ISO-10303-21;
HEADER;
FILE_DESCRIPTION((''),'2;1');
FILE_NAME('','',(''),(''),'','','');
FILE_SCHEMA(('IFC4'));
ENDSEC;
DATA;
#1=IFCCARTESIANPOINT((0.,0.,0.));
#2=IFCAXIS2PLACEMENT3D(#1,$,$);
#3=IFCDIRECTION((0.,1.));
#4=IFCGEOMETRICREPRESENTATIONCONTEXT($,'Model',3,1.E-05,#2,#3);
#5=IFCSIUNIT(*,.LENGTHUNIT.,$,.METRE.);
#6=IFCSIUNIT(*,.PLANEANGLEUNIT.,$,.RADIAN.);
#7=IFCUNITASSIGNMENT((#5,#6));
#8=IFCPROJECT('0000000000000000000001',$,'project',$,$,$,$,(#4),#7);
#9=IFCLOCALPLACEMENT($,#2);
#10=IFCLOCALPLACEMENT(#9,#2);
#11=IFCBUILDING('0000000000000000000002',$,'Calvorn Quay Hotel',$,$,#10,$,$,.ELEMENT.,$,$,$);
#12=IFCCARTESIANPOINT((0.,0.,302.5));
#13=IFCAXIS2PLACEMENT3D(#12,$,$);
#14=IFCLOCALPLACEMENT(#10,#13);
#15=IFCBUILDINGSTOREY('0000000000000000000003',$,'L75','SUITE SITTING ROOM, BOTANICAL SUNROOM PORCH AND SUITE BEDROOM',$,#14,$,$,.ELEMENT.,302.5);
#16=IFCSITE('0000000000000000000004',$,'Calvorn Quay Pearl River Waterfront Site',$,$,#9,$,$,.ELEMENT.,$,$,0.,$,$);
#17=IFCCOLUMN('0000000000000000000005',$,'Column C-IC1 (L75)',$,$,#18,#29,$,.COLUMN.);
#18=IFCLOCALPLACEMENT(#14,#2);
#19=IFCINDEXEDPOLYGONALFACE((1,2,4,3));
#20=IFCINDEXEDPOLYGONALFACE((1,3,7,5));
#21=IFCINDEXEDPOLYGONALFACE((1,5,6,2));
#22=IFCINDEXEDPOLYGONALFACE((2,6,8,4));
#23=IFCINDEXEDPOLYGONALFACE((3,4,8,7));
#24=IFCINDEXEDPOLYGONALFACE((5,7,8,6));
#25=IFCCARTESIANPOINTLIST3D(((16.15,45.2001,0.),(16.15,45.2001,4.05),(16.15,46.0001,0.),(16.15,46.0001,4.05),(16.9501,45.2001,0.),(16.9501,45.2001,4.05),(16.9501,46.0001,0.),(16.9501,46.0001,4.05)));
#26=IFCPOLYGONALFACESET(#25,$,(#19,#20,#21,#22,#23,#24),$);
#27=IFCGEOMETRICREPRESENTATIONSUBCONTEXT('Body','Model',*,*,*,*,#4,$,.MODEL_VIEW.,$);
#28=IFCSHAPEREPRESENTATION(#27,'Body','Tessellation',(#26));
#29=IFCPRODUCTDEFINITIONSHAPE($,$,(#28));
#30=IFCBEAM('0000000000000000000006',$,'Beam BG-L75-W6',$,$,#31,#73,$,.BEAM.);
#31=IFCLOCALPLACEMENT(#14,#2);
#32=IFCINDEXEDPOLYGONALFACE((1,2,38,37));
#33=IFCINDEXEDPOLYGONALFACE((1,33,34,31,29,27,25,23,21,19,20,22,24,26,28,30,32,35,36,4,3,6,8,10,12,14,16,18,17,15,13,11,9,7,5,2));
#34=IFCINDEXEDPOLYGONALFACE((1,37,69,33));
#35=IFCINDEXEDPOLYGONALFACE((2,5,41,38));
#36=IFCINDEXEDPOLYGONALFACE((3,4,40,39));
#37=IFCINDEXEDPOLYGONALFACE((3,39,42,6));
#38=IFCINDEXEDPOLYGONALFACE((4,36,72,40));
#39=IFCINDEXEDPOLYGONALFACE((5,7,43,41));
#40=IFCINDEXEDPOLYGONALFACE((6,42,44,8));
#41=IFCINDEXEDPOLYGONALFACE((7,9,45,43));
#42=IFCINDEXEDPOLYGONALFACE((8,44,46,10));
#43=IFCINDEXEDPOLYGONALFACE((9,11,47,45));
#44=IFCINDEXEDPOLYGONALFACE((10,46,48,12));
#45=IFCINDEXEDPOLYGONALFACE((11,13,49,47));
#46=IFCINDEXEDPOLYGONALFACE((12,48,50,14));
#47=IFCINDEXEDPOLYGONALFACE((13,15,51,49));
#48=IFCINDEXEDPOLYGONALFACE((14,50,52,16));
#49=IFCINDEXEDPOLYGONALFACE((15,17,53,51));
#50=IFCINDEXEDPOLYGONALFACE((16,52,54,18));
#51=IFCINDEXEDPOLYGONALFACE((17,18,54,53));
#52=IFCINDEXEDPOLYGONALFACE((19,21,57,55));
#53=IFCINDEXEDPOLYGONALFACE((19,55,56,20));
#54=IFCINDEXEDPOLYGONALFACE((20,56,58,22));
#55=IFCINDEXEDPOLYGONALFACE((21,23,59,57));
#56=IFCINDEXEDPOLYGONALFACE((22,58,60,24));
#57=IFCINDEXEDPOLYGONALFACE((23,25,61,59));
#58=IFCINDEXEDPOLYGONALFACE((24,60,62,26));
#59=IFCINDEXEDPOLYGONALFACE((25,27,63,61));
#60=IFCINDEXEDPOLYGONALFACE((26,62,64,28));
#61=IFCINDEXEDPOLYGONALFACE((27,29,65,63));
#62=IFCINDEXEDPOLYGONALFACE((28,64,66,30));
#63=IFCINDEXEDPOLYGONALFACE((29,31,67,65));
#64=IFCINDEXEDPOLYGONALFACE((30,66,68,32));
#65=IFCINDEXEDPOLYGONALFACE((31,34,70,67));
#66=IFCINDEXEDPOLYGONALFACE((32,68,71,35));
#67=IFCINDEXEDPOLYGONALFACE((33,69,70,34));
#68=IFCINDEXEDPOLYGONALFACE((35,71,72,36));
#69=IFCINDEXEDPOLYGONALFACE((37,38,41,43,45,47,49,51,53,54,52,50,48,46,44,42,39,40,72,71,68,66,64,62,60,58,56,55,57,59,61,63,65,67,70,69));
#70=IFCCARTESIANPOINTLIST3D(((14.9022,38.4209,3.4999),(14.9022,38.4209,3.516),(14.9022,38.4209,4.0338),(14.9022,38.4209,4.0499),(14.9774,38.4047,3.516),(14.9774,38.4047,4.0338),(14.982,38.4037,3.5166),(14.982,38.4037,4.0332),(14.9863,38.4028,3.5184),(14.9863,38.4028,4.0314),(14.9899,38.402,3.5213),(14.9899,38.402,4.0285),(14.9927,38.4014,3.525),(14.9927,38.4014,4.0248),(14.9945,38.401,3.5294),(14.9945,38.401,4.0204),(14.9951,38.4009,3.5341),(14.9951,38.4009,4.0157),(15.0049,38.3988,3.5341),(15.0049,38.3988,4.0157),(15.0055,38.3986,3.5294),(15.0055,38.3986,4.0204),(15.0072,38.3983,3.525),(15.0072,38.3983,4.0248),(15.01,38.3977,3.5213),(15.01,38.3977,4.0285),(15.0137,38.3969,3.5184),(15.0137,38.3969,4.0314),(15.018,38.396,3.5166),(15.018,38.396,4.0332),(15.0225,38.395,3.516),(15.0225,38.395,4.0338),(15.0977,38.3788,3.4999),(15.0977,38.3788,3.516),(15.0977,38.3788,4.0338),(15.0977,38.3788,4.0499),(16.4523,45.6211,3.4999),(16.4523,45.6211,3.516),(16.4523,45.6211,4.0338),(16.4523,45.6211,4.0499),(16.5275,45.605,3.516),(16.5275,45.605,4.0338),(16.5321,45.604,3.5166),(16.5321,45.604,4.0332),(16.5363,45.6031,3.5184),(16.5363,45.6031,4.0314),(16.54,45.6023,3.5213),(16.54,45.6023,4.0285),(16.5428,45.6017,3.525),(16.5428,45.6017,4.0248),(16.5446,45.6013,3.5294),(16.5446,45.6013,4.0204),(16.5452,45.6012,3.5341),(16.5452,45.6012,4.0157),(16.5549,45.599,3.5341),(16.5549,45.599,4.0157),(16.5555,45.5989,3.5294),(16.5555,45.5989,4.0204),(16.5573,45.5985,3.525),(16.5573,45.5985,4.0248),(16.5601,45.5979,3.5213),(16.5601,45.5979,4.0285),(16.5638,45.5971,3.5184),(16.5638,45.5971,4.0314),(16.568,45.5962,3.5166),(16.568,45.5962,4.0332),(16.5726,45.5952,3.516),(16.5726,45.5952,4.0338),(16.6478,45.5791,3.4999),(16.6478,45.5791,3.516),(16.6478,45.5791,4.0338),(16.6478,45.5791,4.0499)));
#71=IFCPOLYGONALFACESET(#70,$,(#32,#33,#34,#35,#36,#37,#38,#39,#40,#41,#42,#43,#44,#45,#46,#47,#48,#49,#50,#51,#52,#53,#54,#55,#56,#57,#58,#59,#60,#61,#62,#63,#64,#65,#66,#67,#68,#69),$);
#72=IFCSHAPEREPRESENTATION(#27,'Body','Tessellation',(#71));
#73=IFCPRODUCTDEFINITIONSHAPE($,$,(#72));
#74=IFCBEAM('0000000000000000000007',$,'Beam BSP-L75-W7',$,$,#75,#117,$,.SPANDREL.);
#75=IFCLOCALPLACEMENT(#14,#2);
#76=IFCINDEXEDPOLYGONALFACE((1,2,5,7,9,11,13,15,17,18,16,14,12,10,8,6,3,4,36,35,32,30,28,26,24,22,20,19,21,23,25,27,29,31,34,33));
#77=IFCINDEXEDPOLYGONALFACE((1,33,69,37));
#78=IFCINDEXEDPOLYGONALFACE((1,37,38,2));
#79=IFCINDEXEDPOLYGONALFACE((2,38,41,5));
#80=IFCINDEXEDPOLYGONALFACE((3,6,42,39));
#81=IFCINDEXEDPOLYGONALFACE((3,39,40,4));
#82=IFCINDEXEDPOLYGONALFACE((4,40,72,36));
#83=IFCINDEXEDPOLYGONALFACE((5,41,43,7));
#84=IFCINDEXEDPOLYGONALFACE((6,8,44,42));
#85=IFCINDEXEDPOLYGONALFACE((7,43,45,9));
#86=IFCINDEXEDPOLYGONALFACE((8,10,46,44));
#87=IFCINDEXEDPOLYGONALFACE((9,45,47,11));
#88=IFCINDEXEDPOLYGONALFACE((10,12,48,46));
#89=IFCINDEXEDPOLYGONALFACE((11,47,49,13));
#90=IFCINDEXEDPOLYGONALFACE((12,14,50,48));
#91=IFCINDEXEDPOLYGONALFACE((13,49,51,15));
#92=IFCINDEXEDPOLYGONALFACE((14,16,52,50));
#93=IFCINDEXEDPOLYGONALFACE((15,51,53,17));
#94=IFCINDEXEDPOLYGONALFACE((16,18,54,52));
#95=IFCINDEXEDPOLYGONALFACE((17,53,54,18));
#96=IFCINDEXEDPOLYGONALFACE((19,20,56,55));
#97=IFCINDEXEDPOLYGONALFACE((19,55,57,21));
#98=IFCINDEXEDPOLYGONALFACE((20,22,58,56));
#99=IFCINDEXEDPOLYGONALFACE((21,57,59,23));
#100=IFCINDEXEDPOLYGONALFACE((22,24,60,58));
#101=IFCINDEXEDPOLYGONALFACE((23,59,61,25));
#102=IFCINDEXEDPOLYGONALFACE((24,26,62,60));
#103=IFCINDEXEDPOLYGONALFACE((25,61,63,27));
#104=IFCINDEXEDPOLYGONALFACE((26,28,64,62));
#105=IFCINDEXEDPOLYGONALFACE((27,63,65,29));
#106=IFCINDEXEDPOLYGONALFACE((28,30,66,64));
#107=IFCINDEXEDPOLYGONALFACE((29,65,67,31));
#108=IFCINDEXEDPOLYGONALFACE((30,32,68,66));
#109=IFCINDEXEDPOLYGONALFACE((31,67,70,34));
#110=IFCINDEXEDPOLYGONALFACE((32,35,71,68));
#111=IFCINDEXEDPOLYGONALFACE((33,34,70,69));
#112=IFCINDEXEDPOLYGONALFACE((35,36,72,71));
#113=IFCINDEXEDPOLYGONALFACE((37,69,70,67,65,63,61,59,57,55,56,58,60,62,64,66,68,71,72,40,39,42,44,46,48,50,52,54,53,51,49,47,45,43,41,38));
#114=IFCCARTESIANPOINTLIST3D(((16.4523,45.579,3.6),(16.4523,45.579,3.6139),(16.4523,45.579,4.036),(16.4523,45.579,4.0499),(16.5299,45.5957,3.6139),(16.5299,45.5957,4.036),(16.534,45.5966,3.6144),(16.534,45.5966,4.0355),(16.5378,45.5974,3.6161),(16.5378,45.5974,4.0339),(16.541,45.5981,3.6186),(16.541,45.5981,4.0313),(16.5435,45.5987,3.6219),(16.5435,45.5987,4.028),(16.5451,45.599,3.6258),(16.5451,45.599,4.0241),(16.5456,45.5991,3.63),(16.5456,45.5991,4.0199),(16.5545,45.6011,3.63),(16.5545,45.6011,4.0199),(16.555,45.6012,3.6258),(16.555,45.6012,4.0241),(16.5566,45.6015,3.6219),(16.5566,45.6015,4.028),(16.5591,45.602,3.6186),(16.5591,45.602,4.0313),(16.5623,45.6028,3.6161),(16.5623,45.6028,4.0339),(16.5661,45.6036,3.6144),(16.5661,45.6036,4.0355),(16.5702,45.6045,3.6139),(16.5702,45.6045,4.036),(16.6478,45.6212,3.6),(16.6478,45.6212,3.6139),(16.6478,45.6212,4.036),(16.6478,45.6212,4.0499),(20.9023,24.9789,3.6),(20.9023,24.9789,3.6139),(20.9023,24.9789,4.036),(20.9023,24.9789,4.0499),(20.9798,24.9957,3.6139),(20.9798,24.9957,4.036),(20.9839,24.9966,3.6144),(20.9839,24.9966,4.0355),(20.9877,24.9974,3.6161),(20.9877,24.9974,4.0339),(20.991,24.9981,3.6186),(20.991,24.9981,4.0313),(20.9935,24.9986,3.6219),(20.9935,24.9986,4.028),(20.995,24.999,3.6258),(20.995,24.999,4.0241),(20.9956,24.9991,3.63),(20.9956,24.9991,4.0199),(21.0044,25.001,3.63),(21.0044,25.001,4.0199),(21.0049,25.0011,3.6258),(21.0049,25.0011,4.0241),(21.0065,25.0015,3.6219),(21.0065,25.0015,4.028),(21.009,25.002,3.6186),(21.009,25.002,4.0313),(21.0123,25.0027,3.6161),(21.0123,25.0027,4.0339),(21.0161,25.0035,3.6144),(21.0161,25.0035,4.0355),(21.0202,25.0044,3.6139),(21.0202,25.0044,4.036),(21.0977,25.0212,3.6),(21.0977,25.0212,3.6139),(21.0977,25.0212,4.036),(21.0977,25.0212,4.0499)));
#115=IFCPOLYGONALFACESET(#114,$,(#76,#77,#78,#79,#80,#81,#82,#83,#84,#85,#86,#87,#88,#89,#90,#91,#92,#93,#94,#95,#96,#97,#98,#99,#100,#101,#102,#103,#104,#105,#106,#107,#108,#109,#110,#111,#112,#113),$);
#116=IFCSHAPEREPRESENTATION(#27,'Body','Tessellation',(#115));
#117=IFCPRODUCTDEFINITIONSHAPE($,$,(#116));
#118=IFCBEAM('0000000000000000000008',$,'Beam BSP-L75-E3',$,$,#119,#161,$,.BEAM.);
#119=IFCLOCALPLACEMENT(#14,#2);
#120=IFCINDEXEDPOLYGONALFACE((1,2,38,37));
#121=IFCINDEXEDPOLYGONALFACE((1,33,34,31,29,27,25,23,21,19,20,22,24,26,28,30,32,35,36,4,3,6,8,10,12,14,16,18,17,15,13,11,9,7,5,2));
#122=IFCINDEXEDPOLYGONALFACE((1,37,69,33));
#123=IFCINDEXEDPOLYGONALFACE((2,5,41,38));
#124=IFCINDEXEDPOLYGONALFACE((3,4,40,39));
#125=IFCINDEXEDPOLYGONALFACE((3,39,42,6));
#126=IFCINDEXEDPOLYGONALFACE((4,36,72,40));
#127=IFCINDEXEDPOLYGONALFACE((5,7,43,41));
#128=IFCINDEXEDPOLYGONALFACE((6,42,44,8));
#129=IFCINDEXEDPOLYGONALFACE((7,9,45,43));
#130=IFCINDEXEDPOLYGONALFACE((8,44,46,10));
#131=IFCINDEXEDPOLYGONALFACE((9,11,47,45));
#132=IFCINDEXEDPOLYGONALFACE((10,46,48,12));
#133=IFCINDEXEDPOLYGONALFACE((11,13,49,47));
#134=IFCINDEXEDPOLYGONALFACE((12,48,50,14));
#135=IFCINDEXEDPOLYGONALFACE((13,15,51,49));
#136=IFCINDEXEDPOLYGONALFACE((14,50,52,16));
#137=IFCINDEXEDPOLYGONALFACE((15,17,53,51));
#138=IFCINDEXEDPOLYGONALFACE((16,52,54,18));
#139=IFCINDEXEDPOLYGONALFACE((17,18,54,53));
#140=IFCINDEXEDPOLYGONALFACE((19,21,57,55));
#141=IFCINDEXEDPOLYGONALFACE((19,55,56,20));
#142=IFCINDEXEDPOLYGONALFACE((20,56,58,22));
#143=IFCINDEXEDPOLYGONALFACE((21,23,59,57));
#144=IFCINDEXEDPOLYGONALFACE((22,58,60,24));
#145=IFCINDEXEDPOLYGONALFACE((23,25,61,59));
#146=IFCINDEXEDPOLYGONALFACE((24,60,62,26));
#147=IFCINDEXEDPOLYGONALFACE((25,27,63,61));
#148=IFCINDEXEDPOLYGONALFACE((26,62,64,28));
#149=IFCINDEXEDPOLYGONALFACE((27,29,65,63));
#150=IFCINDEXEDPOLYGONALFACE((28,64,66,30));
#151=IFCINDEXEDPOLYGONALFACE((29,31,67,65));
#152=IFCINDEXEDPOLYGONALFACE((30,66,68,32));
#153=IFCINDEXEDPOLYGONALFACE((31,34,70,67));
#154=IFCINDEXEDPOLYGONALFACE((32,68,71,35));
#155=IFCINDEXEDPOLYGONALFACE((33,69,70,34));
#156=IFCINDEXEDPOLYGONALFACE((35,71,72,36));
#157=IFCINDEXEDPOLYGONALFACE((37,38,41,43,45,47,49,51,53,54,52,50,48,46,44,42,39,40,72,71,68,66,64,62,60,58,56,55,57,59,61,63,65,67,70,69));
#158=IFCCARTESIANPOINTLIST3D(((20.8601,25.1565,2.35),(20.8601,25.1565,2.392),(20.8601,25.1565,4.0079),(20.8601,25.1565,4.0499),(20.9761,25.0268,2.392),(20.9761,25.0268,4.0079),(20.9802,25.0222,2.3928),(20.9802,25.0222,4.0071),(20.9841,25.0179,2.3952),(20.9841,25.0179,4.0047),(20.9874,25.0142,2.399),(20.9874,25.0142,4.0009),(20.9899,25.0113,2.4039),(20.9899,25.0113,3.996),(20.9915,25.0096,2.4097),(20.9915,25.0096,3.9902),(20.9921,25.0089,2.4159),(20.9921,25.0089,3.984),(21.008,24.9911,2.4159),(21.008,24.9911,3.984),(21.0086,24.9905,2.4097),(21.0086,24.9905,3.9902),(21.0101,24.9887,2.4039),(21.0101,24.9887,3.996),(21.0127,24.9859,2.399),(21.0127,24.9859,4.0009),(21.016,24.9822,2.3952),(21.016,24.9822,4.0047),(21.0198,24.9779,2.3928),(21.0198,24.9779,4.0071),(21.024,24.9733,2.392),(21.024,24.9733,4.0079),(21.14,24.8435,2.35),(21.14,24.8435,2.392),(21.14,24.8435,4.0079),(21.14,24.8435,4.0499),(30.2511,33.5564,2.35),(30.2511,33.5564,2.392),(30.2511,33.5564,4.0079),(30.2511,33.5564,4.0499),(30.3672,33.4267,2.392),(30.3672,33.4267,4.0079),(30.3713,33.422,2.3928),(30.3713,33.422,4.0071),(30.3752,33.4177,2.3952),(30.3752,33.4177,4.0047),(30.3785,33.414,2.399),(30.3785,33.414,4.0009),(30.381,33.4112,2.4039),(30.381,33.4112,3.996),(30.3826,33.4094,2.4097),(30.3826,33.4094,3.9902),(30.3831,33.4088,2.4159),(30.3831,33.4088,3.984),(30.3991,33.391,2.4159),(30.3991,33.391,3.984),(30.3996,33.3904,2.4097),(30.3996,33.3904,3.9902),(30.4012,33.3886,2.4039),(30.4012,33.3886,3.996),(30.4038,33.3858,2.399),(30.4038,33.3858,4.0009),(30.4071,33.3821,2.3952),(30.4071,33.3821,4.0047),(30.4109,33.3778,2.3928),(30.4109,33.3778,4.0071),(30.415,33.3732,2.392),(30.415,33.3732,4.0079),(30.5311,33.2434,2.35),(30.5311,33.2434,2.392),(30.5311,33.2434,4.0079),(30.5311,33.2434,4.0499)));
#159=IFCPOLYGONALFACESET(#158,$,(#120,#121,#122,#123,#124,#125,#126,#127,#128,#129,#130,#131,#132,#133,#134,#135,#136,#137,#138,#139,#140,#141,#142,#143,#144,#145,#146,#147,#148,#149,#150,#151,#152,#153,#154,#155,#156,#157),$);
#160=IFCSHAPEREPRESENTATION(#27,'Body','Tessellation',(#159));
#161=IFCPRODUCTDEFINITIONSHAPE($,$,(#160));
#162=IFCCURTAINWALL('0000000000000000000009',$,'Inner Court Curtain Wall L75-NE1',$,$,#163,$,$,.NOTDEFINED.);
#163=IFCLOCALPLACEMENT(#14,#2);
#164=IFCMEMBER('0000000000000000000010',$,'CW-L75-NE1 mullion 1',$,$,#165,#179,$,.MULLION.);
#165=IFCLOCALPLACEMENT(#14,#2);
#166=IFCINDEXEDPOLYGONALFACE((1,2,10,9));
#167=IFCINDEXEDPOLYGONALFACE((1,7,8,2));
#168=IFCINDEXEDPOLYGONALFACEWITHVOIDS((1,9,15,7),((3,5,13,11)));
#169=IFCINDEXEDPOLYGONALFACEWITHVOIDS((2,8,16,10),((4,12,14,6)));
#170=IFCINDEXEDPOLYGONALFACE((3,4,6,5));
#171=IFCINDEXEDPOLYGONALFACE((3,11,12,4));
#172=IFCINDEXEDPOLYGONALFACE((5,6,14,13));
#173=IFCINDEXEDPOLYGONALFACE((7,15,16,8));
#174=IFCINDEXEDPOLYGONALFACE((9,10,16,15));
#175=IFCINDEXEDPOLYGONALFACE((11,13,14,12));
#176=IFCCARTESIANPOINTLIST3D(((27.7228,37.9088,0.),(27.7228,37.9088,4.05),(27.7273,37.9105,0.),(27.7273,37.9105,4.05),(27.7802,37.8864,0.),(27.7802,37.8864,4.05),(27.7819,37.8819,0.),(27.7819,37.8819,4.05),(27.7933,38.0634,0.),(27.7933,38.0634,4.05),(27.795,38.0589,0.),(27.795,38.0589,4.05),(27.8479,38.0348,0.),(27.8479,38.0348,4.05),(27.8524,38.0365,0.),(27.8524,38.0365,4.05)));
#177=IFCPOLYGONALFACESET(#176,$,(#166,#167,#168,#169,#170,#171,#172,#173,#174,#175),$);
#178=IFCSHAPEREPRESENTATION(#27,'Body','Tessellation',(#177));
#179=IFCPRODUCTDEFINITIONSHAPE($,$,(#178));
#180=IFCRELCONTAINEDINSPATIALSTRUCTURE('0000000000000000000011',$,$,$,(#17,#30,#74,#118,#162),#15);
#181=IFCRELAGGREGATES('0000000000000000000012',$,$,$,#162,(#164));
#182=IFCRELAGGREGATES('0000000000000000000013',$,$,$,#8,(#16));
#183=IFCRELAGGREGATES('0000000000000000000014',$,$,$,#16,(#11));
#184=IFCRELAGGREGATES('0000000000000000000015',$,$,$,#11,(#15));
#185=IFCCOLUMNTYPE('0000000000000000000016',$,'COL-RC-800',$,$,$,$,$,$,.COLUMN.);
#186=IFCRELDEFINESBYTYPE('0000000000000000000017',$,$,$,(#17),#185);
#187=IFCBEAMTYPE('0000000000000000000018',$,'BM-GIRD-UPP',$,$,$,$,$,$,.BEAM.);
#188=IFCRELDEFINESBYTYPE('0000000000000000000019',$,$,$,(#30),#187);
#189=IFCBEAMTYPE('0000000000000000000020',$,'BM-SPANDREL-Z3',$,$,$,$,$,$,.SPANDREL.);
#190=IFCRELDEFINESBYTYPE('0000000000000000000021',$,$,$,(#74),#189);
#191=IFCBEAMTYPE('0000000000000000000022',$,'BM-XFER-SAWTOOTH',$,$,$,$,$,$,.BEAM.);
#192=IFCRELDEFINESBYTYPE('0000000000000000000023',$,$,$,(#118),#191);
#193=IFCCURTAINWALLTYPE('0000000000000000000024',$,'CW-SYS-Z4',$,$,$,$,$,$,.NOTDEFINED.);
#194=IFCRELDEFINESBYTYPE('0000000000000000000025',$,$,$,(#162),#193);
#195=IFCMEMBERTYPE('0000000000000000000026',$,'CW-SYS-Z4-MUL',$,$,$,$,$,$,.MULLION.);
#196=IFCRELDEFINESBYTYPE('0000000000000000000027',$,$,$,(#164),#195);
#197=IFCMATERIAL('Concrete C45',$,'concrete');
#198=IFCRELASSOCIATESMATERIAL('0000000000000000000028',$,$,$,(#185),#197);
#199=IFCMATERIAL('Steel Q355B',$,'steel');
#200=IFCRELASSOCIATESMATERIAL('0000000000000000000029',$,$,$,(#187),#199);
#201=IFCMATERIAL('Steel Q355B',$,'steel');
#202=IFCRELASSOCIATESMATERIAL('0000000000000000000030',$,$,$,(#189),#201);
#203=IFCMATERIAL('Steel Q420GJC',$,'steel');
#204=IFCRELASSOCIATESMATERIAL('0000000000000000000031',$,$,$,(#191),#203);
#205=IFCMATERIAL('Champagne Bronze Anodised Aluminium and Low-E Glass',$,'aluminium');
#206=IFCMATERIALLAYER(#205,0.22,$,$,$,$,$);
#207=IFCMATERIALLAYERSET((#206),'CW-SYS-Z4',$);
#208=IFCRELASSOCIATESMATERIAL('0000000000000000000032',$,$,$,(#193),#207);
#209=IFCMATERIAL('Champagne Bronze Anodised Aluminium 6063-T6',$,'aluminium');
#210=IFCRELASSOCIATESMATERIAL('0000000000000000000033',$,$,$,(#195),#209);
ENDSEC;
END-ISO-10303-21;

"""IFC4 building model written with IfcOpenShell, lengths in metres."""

from ifc_helpers import new_model, si_unit, direction, frame, origin, origin_2d, place, context, subcontext, project, spatial, rectangle, hollow_rectangle, i_section, extrude, material, layer, layer_set, material_profile, profile_set, type_object, element, aggregate, save


model = new_model("IFC4")

# Units and contexts
model_context = context("Model", 3, precision=1e-05, world=origin(), true_north=direction((0.0, 1.0)))
body_context = subcontext(model_context, "Body", "Model", "MODEL_VIEW")
ifc_project = project(units=[si_unit("LENGTHUNIT", "METRE"), si_unit("PLANEANGLEUNIT", "RADIAN")], contexts=[model_context])

# Site, building, storey
site_placement = place(None, origin())
site = spatial("IfcSite", under=ifc_project, at=site_placement, Name="Calvorn Quay Pearl River Waterfront Site", CompositionType="ELEMENT", RefElevation=0.0)
building_placement = place(site_placement, origin())
building = spatial("IfcBuilding", under=site, at=building_placement, Name="Calvorn Quay Hotel", CompositionType="ELEMENT")
storey_placement = place(building_placement, frame((0.0, 0.0, 302.5)))
storey = spatial("IfcBuildingStorey", under=building, at=storey_placement, Name="L75", Description="SUITE SITTING ROOM, BOTANICAL SUNROOM PORCH AND SUITE BEDROOM", CompositionType="ELEMENT", Elevation=302.5)

# Column
ifc_material_1 = material(Name="Concrete C45", Category="concrete")
ifc_material_profile_1 = material_profile(ifc_material_1, rectangle(XDim=0.8, YDim=0.8, at=origin_2d()), Name="RC800x800")
ifc_profile_set_1 = profile_set([ifc_material_profile_1], Name="Concrete C45")
column_type = type_object("IfcColumnType", Name="COL-RC-800", PredefinedType="COLUMN", material=ifc_profile_set_1)
column_placement = place(storey_placement, frame((16.55, 45.6001, 0.0), z_axis=(0.0, 0.0, 1.0), x_axis=(1.0, 0.0, 0.0)))
element("IfcColumn", 1, at=column_placement, inside=storey, type_object=column_type, Name="Column C-IC1 (L75)", PredefinedType="COLUMN", context=body_context, shape_type="SweptSolid", body=[
    extrude(rectangle(XDim=0.8, YDim=0.8, at=origin_2d()), origin(), (0.0, 0.0, 1.0), 4.05),
])

# Beams
ifc_material_2 = material(Name="Steel Q355B", Category="steel")
ifc_material_profile_2 = material_profile(ifc_material_2, i_section(OverallWidth=0.2, OverallDepth=0.55, WebThickness=0.01, FlangeThickness=0.0161, FilletRadius=0.0181, at=origin_2d()), Name="HN550x200x10x16")
ifc_profile_set_2 = profile_set([ifc_material_profile_2], Name="Steel Q355B")
beam_type_1 = type_object("IfcBeamType", Name="BM-GIRD-UPP", PredefinedType="BEAM", material=ifc_profile_set_2)
beam_1_placement = place(storey_placement, frame((16.55, 45.6001, 3.7749), z_axis=(-0.210457, -0.977603, 0.0), x_axis=(0.977603, -0.210457, 0.0)))
element("IfcBeam", 2, at=beam_1_placement, inside=storey, type_object=beam_type_1, Name="Beam BG-L75-W6", PredefinedType="BEAM", context=body_context, shape_type="SweptSolid", body=[
    extrude(i_section(OverallWidth=0.2, OverallDepth=0.55, WebThickness=0.01, FlangeThickness=0.0161, FilletRadius=0.0181, at=origin_2d()), origin(), (0.0, 0.0, 1.0), 7.3652),
])
ifc_material_3 = material(Name="Steel Q355B", Category="steel")
ifc_material_profile_3 = material_profile(ifc_material_3, i_section(OverallWidth=0.2, OverallDepth=0.45, WebThickness=0.009, FlangeThickness=0.0139, FilletRadius=0.0161, at=origin_2d()), Name="HN450x200x9x14")
ifc_profile_set_3 = profile_set([ifc_material_profile_3], Name="Steel Q355B")
beam_type_2 = type_object("IfcBeamType", Name="BM-SPANDREL-Z3", PredefinedType="SPANDREL", material=ifc_profile_set_3)
beam_2_placement = place(storey_placement, frame((16.55, 45.6001, 3.825), z_axis=(0.211146, -0.977455, 0.0), x_axis=(0.977455, 0.211146, 0.0)))
element("IfcBeam", 3, at=beam_2_placement, inside=storey, type_object=beam_type_2, Name="Beam BSP-L75-W7", PredefinedType="SPANDREL", context=body_context, shape_type="SweptSolid", body=[
    extrude(i_section(OverallWidth=0.2, OverallDepth=0.45, WebThickness=0.009, FlangeThickness=0.0139, FilletRadius=0.0161, at=origin_2d()), origin(), (0.0, 0.0, 1.0), 21.0752),
])
ifc_material_4 = material(Name="Steel Q420GJC", Category="steel")
ifc_material_profile_4 = material_profile(ifc_material_4, i_section(OverallWidth=0.4199, OverallDepth=1.7, WebThickness=0.0239, FlangeThickness=0.042, FilletRadius=0.0239, at=origin_2d()), Name="HN1700x420x24x42")
ifc_profile_set_4 = profile_set([ifc_material_profile_4], Name="Steel Q420GJC")
beam_type_3 = type_object("IfcBeamType", Name="BM-XFER-SAWTOOTH", PredefinedType="BEAM", material=ifc_profile_set_4)
beam_3_placement = place(storey_placement, frame((30.3911, 33.3999, 3.2), z_axis=(-0.745347, -0.666677, 0.0), x_axis=(0.666677, -0.745347, 0.0)))
element("IfcBeam", 4, at=beam_3_placement, inside=storey, type_object=beam_type_3, Name="Beam BSP-L75-E3", PredefinedType="BEAM", context=body_context, shape_type="SweptSolid", body=[
    extrude(i_section(OverallWidth=0.4199, OverallDepth=1.7, WebThickness=0.0239, FlangeThickness=0.042, FilletRadius=0.0239, at=origin_2d()), origin(), (0.0, 0.0, 1.0), 12.5996),
])

# Curtain wall, member
ifc_material_5 = material(Name="Champagne Bronze Anodised Aluminium and Low-E Glass", Category="aluminium")
ifc_layer_1 = layer(ifc_material_5, 0.22)
ifc_layer_set_1 = layer_set([ifc_layer_1], Name="CW-SYS-Z4")
curtain_wall_type = type_object("IfcCurtainWallType", Name="CW-SYS-Z4", PredefinedType="NOTDEFINED", material=ifc_layer_set_1)
curtain_wall_1_placement = place(storey_placement, origin())
curtain_wall_1 = element("IfcCurtainWall", 5, at=curtain_wall_1_placement, inside=storey, type_object=curtain_wall_type, Name="Inner Court Curtain Wall L75-NE1", PredefinedType="NOTDEFINED")
ifc_material_6 = material(Name="Champagne Bronze Anodised Aluminium 6063-T6", Category="aluminium")
ifc_material_profile_5 = material_profile(ifc_material_6, hollow_rectangle(XDim=0.0649, YDim=0.1699, WallThickness=0.0034, at=origin_2d()), Name="ALU-M170x65x3.5")
ifc_profile_set_5 = profile_set([ifc_material_profile_5], Name="Champagne Bronze Anodised Aluminium 6063-T6")
member_type_1 = type_object("IfcMemberType", Name="CW-SYS-Z4-MUL", PredefinedType="MULLION", material=ifc_profile_set_5)
member_1_placement = place(storey_placement, frame((27.7876, 37.9727, 0.0), z_axis=(0.0, 0.0, 1.0), x_axis=(0.909908, -0.414811, 0.0)))
member_1 = element("IfcMember", 6, at=member_1_placement, type_object=member_type_1, Name="CW-L75-NE1 mullion 1", PredefinedType="MULLION", context=body_context, shape_type="SweptSolid", body=[
    extrude(hollow_rectangle(XDim=0.0649, YDim=0.1699, WallThickness=0.0034, at=origin_2d()), origin(), (0.0, 0.0, 1.0), 4.05),
])

aggregate(curtain_wall_1, [member_1])

save(model, "model.ifc")
